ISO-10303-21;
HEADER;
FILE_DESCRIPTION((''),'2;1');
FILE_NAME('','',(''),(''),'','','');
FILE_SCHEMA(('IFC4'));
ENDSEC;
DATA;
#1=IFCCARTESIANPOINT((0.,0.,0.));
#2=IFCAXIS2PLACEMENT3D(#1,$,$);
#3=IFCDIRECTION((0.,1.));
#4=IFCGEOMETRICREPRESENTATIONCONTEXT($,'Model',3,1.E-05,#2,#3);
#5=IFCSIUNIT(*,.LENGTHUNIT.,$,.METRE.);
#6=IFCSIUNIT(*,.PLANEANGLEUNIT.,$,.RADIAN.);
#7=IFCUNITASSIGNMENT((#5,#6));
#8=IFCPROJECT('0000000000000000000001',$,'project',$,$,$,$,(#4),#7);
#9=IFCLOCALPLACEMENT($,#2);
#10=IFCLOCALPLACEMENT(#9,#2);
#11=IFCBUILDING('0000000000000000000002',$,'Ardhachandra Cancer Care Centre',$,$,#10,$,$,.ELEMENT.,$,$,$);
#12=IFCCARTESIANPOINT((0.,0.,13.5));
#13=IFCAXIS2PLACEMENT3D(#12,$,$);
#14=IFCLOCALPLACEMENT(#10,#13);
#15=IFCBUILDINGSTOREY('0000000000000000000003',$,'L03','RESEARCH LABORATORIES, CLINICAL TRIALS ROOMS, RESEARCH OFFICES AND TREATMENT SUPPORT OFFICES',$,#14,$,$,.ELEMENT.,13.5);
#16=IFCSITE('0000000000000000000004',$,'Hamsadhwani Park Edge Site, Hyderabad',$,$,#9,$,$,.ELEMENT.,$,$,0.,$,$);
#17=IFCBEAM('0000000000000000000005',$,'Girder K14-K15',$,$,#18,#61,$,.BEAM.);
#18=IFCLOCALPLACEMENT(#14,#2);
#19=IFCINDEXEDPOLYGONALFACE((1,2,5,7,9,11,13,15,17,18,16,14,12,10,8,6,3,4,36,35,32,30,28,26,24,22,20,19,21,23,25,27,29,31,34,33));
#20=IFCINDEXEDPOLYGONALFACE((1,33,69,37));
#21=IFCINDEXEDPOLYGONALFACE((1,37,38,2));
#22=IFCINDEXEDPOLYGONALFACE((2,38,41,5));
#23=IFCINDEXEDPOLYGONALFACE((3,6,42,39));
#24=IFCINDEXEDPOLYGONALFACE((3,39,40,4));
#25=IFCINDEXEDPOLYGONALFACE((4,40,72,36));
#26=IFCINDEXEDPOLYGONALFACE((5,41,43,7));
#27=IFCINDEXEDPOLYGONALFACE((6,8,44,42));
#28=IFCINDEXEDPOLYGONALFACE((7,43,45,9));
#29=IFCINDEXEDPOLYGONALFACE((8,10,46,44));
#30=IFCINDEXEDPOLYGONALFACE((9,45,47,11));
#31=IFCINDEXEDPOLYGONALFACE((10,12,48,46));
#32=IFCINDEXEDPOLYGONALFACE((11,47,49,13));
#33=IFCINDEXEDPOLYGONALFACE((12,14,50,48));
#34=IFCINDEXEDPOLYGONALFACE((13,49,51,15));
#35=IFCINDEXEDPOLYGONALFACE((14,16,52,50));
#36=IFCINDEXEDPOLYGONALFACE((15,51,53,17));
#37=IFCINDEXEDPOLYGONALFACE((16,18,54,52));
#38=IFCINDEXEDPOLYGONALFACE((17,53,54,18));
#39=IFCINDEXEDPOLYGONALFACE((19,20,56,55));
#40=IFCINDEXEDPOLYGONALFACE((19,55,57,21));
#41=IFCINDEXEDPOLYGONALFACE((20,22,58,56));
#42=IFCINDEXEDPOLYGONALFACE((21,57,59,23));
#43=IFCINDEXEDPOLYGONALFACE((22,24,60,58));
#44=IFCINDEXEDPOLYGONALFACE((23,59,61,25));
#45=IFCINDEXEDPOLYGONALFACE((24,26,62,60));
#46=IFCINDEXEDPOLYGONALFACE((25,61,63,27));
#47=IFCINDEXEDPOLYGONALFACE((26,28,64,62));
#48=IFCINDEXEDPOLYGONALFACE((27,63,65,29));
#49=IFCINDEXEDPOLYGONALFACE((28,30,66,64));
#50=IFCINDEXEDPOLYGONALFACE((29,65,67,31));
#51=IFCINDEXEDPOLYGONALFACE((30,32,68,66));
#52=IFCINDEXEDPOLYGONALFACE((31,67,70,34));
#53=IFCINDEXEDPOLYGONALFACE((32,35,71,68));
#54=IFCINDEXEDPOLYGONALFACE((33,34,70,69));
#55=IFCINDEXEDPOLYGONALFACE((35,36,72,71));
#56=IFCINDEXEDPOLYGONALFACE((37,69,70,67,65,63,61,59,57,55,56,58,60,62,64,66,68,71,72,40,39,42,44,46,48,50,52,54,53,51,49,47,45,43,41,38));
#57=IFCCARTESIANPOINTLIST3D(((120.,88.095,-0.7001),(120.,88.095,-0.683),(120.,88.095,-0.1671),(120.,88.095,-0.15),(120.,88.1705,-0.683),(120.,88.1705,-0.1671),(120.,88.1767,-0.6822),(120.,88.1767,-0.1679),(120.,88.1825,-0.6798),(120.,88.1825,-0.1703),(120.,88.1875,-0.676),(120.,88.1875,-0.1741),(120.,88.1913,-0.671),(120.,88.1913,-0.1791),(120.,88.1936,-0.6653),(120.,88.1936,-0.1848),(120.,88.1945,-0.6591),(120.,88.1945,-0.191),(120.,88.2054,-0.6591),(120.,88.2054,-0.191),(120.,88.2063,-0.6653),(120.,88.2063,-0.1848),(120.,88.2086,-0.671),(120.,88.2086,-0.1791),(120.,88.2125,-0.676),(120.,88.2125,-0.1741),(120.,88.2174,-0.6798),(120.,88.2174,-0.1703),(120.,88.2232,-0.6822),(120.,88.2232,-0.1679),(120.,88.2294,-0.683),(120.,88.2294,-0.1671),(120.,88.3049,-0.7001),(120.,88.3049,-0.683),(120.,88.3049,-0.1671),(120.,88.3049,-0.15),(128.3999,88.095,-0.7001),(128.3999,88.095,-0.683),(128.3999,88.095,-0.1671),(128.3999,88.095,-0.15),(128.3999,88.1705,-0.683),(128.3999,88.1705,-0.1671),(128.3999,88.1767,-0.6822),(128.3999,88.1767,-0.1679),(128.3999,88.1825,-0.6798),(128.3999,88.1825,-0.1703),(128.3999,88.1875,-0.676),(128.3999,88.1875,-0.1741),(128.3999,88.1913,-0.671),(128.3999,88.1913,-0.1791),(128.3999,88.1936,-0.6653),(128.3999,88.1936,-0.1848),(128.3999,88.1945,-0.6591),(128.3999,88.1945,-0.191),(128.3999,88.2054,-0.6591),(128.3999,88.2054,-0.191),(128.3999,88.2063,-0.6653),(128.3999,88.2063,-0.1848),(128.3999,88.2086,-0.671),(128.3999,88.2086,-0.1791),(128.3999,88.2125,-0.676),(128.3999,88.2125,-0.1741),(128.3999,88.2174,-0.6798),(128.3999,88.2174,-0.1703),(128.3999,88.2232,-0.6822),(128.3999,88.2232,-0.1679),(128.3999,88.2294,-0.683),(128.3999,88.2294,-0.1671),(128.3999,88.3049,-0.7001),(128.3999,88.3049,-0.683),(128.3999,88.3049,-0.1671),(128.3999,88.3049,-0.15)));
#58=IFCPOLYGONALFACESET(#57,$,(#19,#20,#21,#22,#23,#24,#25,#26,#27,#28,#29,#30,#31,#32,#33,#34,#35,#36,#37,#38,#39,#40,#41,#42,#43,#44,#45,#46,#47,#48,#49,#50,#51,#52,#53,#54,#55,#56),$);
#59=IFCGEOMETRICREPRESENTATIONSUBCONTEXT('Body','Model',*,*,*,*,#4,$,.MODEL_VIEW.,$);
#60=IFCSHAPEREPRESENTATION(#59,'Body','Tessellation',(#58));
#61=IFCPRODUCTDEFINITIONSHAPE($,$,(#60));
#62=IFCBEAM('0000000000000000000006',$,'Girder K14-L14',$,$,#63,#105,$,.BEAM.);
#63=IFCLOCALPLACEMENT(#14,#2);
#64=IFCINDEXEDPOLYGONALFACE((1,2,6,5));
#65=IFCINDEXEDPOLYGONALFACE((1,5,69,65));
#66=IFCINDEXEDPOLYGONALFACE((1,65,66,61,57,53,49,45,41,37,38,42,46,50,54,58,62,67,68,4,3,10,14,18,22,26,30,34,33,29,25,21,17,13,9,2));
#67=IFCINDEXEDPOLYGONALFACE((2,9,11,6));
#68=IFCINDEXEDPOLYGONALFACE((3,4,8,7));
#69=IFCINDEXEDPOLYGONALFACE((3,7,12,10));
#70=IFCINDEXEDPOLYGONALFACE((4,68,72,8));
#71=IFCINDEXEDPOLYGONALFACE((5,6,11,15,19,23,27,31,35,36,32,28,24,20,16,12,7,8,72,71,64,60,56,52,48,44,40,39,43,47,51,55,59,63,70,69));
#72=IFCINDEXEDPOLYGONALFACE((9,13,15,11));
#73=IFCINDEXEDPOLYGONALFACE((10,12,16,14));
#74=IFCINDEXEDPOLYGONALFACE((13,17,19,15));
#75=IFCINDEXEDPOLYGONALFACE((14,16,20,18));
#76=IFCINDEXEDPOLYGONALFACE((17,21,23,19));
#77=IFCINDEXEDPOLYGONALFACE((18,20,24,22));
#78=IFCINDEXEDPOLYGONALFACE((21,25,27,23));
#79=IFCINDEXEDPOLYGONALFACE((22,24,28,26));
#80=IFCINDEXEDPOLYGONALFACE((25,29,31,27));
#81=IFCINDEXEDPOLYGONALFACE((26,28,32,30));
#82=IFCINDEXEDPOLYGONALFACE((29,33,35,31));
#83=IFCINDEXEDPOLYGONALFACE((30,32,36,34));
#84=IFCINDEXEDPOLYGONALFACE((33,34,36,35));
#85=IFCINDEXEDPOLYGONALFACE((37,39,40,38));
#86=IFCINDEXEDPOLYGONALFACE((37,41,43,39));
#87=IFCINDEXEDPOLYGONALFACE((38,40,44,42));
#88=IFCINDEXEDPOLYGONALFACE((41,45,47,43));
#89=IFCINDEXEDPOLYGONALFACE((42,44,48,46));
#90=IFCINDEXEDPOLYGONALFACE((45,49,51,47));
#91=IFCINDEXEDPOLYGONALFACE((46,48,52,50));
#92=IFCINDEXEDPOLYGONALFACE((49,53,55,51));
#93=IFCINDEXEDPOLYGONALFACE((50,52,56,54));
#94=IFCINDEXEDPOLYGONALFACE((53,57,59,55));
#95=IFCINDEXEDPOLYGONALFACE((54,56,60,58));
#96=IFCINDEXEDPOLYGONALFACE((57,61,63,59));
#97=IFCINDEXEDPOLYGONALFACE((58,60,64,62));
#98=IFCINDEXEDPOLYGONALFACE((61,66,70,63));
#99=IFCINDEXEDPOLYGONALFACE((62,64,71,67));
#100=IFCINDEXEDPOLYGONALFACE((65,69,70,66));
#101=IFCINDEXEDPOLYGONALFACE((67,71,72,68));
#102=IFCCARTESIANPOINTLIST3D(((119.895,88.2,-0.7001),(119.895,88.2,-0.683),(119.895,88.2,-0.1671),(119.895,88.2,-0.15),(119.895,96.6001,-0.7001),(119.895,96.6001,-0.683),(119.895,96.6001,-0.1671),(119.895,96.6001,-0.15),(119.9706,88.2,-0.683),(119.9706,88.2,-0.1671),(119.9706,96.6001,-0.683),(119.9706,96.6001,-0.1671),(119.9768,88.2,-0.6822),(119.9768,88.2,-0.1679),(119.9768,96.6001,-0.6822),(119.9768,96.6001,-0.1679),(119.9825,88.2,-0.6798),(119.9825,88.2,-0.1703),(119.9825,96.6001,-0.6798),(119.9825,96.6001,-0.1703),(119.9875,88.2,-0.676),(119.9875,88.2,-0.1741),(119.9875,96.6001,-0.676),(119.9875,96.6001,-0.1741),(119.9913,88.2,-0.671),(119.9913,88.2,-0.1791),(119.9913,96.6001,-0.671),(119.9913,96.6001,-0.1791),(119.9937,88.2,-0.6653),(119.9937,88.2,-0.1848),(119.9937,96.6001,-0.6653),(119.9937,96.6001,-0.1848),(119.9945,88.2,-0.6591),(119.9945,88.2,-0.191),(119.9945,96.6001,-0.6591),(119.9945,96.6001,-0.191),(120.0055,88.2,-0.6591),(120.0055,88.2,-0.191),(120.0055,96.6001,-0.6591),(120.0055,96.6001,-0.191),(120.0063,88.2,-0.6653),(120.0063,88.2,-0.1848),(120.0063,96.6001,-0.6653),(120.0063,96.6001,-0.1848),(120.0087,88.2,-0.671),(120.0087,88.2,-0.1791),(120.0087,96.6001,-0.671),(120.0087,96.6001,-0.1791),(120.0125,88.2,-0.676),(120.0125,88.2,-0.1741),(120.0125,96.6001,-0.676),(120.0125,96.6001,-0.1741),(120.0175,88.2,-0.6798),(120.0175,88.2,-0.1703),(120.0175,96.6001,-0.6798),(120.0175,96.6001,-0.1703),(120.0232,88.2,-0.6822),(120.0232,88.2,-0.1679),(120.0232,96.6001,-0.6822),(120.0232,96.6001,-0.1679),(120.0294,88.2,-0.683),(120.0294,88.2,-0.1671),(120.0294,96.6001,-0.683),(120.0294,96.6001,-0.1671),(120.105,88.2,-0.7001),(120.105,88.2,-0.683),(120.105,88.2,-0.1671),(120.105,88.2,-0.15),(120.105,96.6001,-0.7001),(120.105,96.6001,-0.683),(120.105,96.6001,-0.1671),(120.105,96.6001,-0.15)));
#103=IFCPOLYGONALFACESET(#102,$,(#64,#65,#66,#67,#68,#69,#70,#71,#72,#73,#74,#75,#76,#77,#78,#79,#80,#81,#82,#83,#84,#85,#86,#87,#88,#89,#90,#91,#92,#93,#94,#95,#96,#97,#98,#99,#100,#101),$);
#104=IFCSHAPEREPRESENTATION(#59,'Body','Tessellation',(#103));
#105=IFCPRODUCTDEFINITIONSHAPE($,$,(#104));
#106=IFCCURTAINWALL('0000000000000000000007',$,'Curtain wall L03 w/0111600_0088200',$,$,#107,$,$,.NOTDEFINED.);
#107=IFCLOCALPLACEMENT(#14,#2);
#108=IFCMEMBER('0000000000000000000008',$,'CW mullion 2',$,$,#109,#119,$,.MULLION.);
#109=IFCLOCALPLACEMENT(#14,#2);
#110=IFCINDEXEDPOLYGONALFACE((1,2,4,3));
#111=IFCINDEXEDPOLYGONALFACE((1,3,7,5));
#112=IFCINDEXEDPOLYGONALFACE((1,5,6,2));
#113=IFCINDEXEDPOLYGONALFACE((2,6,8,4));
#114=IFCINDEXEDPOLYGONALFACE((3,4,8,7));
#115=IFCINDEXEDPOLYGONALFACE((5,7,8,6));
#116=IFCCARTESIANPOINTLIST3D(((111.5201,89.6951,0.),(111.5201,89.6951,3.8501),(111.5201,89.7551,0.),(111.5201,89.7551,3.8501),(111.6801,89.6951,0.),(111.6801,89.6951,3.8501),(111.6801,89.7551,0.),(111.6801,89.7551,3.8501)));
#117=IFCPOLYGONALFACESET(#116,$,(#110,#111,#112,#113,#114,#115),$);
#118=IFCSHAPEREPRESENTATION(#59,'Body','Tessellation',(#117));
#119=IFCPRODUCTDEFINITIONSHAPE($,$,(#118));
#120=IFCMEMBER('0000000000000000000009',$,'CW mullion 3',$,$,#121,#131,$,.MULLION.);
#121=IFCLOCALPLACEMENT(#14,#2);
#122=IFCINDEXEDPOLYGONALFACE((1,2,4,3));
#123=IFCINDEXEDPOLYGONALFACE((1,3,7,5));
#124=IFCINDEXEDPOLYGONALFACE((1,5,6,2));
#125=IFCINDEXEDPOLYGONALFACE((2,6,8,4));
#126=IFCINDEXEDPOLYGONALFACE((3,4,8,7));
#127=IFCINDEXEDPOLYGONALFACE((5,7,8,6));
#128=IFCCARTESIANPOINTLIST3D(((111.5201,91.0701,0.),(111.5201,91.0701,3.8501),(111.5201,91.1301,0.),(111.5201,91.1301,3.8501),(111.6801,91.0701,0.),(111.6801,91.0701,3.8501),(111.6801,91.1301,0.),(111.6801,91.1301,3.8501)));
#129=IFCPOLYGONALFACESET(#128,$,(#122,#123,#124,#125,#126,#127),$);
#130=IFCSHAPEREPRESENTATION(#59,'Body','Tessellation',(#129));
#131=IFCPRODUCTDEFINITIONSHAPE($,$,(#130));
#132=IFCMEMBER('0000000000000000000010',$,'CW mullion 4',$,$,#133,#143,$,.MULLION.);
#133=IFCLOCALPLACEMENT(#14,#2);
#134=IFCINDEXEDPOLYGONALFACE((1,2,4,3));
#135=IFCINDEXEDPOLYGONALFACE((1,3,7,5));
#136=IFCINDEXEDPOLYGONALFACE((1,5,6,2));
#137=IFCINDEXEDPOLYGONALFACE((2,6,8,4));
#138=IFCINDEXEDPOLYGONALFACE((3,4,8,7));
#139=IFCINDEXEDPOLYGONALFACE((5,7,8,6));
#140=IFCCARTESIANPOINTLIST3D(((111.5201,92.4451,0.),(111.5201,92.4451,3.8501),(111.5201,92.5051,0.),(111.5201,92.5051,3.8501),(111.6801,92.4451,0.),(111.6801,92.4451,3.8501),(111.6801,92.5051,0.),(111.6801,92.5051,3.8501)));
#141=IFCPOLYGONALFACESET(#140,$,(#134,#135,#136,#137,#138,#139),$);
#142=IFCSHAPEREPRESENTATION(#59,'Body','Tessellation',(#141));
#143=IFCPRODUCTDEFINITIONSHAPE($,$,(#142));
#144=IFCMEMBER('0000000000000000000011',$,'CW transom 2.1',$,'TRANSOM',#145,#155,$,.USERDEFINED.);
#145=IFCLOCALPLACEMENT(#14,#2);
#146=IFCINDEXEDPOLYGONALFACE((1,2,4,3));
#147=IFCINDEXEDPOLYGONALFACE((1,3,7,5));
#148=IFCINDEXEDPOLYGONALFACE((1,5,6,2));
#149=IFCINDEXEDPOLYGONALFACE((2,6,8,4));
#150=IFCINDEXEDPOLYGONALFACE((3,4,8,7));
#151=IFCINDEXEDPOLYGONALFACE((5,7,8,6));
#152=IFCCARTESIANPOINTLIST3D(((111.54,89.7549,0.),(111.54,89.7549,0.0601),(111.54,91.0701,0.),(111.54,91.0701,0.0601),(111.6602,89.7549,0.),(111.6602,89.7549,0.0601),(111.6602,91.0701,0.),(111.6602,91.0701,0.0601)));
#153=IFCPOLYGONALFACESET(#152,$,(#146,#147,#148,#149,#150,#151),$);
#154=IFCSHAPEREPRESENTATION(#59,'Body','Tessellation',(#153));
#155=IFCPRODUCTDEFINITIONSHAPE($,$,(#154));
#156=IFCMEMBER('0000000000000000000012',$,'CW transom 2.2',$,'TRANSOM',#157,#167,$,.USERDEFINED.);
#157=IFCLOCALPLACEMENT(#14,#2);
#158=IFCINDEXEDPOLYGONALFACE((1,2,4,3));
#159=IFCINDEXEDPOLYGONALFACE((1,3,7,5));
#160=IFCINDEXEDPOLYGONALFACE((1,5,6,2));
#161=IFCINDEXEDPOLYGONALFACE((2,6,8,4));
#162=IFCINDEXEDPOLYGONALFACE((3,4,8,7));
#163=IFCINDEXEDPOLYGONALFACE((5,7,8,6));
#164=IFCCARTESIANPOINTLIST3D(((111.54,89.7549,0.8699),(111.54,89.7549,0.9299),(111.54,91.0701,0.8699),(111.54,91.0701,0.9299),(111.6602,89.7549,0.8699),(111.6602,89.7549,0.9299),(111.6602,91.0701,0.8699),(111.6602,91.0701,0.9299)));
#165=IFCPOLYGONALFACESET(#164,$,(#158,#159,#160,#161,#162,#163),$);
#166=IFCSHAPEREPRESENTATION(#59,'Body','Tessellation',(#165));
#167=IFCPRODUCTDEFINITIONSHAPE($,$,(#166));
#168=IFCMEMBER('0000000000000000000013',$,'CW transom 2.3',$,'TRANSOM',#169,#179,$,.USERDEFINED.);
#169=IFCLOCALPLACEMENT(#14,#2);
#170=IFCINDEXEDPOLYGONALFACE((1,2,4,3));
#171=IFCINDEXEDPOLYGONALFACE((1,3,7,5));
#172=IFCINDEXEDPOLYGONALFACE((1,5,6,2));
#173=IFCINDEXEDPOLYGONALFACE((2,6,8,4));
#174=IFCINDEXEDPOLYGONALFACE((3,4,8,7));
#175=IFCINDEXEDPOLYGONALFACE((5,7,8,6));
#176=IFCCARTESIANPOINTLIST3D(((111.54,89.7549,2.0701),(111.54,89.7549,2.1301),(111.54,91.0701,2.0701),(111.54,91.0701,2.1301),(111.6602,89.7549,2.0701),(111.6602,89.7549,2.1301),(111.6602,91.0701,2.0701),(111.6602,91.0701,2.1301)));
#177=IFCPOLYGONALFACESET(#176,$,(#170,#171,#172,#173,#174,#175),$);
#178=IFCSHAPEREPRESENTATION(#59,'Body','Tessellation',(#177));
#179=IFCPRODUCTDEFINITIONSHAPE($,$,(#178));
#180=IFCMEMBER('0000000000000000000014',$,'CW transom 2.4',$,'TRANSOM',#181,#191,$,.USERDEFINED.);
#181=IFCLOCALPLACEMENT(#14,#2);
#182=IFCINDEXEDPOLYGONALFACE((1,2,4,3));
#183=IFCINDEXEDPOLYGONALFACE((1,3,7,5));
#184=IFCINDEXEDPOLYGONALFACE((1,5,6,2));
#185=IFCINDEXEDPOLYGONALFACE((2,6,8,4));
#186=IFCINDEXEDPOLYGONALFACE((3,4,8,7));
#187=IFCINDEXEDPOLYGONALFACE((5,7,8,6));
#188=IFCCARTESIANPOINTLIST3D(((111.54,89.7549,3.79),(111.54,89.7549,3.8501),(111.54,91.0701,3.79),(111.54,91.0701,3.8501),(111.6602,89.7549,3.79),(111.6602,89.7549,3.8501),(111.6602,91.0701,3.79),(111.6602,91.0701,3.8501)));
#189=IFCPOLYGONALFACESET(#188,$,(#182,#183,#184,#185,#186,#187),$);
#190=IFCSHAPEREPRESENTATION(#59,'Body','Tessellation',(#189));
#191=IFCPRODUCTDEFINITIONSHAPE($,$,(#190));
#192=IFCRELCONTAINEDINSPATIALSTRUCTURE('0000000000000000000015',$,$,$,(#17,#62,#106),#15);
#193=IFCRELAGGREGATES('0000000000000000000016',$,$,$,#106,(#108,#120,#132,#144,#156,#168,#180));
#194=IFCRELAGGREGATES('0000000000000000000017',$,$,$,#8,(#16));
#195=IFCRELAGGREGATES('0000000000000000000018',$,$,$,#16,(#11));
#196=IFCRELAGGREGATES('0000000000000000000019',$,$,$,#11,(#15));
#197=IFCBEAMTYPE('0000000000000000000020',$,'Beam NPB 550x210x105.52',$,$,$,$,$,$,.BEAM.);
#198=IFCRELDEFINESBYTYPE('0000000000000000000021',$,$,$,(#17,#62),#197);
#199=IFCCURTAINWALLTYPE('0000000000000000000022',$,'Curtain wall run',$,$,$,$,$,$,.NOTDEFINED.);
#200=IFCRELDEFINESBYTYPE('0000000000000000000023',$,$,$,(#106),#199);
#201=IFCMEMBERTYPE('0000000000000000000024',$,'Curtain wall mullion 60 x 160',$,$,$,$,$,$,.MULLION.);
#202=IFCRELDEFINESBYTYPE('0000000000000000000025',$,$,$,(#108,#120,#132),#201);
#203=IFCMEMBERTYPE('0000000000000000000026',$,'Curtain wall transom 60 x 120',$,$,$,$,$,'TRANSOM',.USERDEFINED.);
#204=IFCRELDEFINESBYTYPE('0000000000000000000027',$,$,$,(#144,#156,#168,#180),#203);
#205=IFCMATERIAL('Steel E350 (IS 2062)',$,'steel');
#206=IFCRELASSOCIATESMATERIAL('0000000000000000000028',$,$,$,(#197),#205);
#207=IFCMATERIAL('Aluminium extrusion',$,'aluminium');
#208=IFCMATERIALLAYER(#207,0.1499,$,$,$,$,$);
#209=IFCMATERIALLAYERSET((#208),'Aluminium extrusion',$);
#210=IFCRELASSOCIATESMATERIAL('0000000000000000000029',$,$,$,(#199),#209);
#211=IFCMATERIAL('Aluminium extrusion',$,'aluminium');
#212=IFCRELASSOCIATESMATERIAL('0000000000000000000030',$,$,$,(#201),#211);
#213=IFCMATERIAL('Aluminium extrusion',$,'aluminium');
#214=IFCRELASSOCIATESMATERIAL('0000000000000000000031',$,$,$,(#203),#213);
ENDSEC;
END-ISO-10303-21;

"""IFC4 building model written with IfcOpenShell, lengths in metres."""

from ifc_helpers import new_model, si_unit, direction, frame, origin, origin_2d, place, context, subcontext, project, spatial, rectangle, i_section, extrude, material, layer, layer_set, material_profile, profile_set, type_object, element, aggregate, save


model = new_model("IFC4")

# Units and contexts
model_context = context("Model", 3, precision=1e-05, world=origin(), true_north=direction((0.0, 1.0)))
body_context = subcontext(model_context, "Body", "Model", "MODEL_VIEW")
ifc_project = project(units=[si_unit("LENGTHUNIT", "METRE"), si_unit("PLANEANGLEUNIT", "RADIAN")], contexts=[model_context])

# Site, building, storey
site_placement = place(None, origin())
site = spatial("IfcSite", under=ifc_project, at=site_placement, Name="Hamsadhwani Park Edge Site, Hyderabad", CompositionType="ELEMENT", RefElevation=0.0)
building_placement = place(site_placement, origin())
building = spatial("IfcBuilding", under=site, at=building_placement, Name="Ardhachandra Cancer Care Centre", CompositionType="ELEMENT")
storey_placement = place(building_placement, frame((0.0, 0.0, 13.5)))
storey = spatial("IfcBuildingStorey", under=building, at=storey_placement, Name="L03", Description="RESEARCH LABORATORIES, CLINICAL TRIALS ROOMS, RESEARCH OFFICES AND TREATMENT SUPPORT OFFICES", CompositionType="ELEMENT", Elevation=13.5)

# Beams
ifc_material_1 = material(Name="Steel E350 (IS 2062)", Category="steel")
ifc_material_profile_1 = material_profile(ifc_material_1, i_section(OverallWidth=0.21, OverallDepth=0.55, WebThickness=0.011, FlangeThickness=0.0171, FilletRadius=0.0239, at=origin_2d()), Name="NPB 550x210x105.52")
ifc_profile_set_1 = profile_set([ifc_material_profile_1], Name="Steel E350 (IS 2062)")
beam_type_1 = type_object("IfcBeamType", Name="Beam NPB 550x210x105.52", PredefinedType="BEAM", material=ifc_profile_set_1)
beam_1_placement = place(storey_placement, frame((120.0, 88.2, -0.425), z_axis=(1.0, 0.0, 0.0), x_axis=(0.0, 1.0, 0.0)))
element("IfcBeam", 1, at=beam_1_placement, inside=storey, type_object=beam_type_1, Name="Girder K14-K15", PredefinedType="BEAM", context=body_context, shape_type="SweptSolid", body=[
    extrude(i_section(OverallWidth=0.21, OverallDepth=0.55, WebThickness=0.011, FlangeThickness=0.0171, FilletRadius=0.0239, at=origin_2d()), origin(), (0.0, 0.0, 1.0), 8.3999),
])
beam_2_placement = place(storey_placement, frame((120.0, 88.2, -0.425), z_axis=(0.0, 1.0, 0.0), x_axis=(-1.0, 0.0, 0.0)))
element("IfcBeam", 2, at=beam_2_placement, inside=storey, type_object=beam_type_1, Name="Girder K14-L14", PredefinedType="BEAM", context=body_context, shape_type="SweptSolid", body=[
    extrude(i_section(OverallWidth=0.21, OverallDepth=0.55, WebThickness=0.011, FlangeThickness=0.0171, FilletRadius=0.0239, at=origin_2d()), origin(), (0.0, 0.0, 1.0), 8.4001),
])

# Curtain wall, members
ifc_material_2 = material(Name="Aluminium extrusion", Category="aluminium")
ifc_layer_1 = layer(ifc_material_2, 0.1499)
ifc_layer_set_1 = layer_set([ifc_layer_1], Name="Aluminium extrusion")
curtain_wall_type = type_object("IfcCurtainWallType", Name="Curtain wall run", PredefinedType="NOTDEFINED", material=ifc_layer_set_1)
curtain_wall_placement = place(storey_placement, origin())
curtain_wall = element("IfcCurtainWall", 3, at=curtain_wall_placement, inside=storey, type_object=curtain_wall_type, Name="Curtain wall L03 w/0111600_0088200", PredefinedType="NOTDEFINED")
ifc_material_3 = material(Name="Aluminium extrusion", Category="aluminium")
ifc_material_profile_2 = material_profile(ifc_material_3, rectangle(XDim=0.1599, YDim=0.0601, at=origin_2d()), Name="Curtain wall mullion 60 x 160")
ifc_profile_set_2 = profile_set([ifc_material_profile_2], Name="Aluminium extrusion")
member_type_1 = type_object("IfcMemberType", Name="Curtain wall mullion 60 x 160", PredefinedType="MULLION", material=ifc_profile_set_2)
member_1_placement = place(storey_placement, frame((111.6001, 89.7251, 0.0), z_axis=(0.0, 0.0, 1.0), x_axis=(-1.0, 0.0, 0.0)))
member_1 = element("IfcMember", 4, at=member_1_placement, type_object=member_type_1, Name="CW mullion 2", PredefinedType="MULLION", context=body_context, shape_type="SweptSolid", body=[
    extrude(rectangle(XDim=0.1599, YDim=0.0601, at=origin_2d()), origin(), (0.0, 0.0, 1.0), 3.8501),
])
member_2_placement = place(storey_placement, frame((111.6001, 91.1001, 0.0), z_axis=(0.0, 0.0, 1.0), x_axis=(-1.0, 0.0, 0.0)))
member_2 = element("IfcMember", 5, at=member_2_placement, type_object=member_type_1, Name="CW mullion 3", PredefinedType="MULLION", context=body_context, shape_type="SweptSolid", body=[
    extrude(rectangle(XDim=0.1599, YDim=0.0601, at=origin_2d()), origin(), (0.0, 0.0, 1.0), 3.8501),
])
member_3_placement = place(storey_placement, frame((111.6001, 92.4751, 0.0), z_axis=(0.0, 0.0, 1.0), x_axis=(-1.0, 0.0, 0.0)))
member_3 = element("IfcMember", 6, at=member_3_placement, type_object=member_type_1, Name="CW mullion 4", PredefinedType="MULLION", context=body_context, shape_type="SweptSolid", body=[
    extrude(rectangle(XDim=0.1599, YDim=0.0601, at=origin_2d()), origin(), (0.0, 0.0, 1.0), 3.8501),
])
ifc_material_4 = material(Name="Aluminium extrusion", Category="aluminium")
ifc_material_profile_3 = material_profile(ifc_material_4, rectangle(XDim=0.1201, YDim=0.0601, at=origin_2d()), Name="Curtain wall transom 60 x 120")
ifc_profile_set_3 = profile_set([ifc_material_profile_3], Name="Aluminium extrusion")
member_type_2 = type_object("IfcMemberType", Name="Curtain wall transom 60 x 120", ElementType="TRANSOM", PredefinedType="USERDEFINED", material=ifc_profile_set_3)
member_4_placement = place(storey_placement, frame((111.6001, 89.7549, 0.03), z_axis=(0.0, 1.0, 0.0), x_axis=(-1.0, 0.0, 0.0)))
member_4 = element("IfcMember", 7, at=member_4_placement, type_object=member_type_2, Name="CW transom 2.1", ObjectType="TRANSOM", PredefinedType="USERDEFINED", context=body_context, shape_type="SweptSolid", body=[
    extrude(rectangle(XDim=0.1201, YDim=0.0601, at=origin_2d()), origin(), (0.0, 0.0, 1.0), 1.3152),
])
member_5_placement = place(storey_placement, frame((111.6001, 89.7549, 0.8999), z_axis=(0.0, 1.0, 0.0), x_axis=(-1.0, 0.0, 0.0)))
member_5 = element("IfcMember", 8, at=member_5_placement, type_object=member_type_2, Name="CW transom 2.2", ObjectType="TRANSOM", PredefinedType="USERDEFINED", context=body_context, shape_type="SweptSolid", body=[
    extrude(rectangle(XDim=0.1201, YDim=0.0601, at=origin_2d()), origin(), (0.0, 0.0, 1.0), 1.3152),
])
member_6_placement = place(storey_placement, frame((111.6001, 89.7549, 2.1001), z_axis=(0.0, 1.0, 0.0), x_axis=(-1.0, 0.0, 0.0)))
member_6 = element("IfcMember", 9, at=member_6_placement, type_object=member_type_2, Name="CW transom 2.3", ObjectType="TRANSOM", PredefinedType="USERDEFINED", context=body_context, shape_type="SweptSolid", body=[
    extrude(rectangle(XDim=0.1201, YDim=0.0601, at=origin_2d()), origin(), (0.0, 0.0, 1.0), 1.3152),
])
member_7_placement = place(storey_placement, frame((111.6001, 89.7549, 3.8201), z_axis=(0.0, 1.0, 0.0), x_axis=(-1.0, 0.0, 0.0)))
member_7 = element("IfcMember", 10, at=member_7_placement, type_object=member_type_2, Name="CW transom 2.4", ObjectType="TRANSOM", PredefinedType="USERDEFINED", context=body_context, shape_type="SweptSolid", body=[
    extrude(rectangle(XDim=0.1201, YDim=0.0601, at=origin_2d()), origin(), (0.0, 0.0, 1.0), 1.3152),
])
aggregate(curtain_wall, [member_1, member_2, member_3, member_4, member_5, member_6, member_7])

save(model, "model.ifc")
